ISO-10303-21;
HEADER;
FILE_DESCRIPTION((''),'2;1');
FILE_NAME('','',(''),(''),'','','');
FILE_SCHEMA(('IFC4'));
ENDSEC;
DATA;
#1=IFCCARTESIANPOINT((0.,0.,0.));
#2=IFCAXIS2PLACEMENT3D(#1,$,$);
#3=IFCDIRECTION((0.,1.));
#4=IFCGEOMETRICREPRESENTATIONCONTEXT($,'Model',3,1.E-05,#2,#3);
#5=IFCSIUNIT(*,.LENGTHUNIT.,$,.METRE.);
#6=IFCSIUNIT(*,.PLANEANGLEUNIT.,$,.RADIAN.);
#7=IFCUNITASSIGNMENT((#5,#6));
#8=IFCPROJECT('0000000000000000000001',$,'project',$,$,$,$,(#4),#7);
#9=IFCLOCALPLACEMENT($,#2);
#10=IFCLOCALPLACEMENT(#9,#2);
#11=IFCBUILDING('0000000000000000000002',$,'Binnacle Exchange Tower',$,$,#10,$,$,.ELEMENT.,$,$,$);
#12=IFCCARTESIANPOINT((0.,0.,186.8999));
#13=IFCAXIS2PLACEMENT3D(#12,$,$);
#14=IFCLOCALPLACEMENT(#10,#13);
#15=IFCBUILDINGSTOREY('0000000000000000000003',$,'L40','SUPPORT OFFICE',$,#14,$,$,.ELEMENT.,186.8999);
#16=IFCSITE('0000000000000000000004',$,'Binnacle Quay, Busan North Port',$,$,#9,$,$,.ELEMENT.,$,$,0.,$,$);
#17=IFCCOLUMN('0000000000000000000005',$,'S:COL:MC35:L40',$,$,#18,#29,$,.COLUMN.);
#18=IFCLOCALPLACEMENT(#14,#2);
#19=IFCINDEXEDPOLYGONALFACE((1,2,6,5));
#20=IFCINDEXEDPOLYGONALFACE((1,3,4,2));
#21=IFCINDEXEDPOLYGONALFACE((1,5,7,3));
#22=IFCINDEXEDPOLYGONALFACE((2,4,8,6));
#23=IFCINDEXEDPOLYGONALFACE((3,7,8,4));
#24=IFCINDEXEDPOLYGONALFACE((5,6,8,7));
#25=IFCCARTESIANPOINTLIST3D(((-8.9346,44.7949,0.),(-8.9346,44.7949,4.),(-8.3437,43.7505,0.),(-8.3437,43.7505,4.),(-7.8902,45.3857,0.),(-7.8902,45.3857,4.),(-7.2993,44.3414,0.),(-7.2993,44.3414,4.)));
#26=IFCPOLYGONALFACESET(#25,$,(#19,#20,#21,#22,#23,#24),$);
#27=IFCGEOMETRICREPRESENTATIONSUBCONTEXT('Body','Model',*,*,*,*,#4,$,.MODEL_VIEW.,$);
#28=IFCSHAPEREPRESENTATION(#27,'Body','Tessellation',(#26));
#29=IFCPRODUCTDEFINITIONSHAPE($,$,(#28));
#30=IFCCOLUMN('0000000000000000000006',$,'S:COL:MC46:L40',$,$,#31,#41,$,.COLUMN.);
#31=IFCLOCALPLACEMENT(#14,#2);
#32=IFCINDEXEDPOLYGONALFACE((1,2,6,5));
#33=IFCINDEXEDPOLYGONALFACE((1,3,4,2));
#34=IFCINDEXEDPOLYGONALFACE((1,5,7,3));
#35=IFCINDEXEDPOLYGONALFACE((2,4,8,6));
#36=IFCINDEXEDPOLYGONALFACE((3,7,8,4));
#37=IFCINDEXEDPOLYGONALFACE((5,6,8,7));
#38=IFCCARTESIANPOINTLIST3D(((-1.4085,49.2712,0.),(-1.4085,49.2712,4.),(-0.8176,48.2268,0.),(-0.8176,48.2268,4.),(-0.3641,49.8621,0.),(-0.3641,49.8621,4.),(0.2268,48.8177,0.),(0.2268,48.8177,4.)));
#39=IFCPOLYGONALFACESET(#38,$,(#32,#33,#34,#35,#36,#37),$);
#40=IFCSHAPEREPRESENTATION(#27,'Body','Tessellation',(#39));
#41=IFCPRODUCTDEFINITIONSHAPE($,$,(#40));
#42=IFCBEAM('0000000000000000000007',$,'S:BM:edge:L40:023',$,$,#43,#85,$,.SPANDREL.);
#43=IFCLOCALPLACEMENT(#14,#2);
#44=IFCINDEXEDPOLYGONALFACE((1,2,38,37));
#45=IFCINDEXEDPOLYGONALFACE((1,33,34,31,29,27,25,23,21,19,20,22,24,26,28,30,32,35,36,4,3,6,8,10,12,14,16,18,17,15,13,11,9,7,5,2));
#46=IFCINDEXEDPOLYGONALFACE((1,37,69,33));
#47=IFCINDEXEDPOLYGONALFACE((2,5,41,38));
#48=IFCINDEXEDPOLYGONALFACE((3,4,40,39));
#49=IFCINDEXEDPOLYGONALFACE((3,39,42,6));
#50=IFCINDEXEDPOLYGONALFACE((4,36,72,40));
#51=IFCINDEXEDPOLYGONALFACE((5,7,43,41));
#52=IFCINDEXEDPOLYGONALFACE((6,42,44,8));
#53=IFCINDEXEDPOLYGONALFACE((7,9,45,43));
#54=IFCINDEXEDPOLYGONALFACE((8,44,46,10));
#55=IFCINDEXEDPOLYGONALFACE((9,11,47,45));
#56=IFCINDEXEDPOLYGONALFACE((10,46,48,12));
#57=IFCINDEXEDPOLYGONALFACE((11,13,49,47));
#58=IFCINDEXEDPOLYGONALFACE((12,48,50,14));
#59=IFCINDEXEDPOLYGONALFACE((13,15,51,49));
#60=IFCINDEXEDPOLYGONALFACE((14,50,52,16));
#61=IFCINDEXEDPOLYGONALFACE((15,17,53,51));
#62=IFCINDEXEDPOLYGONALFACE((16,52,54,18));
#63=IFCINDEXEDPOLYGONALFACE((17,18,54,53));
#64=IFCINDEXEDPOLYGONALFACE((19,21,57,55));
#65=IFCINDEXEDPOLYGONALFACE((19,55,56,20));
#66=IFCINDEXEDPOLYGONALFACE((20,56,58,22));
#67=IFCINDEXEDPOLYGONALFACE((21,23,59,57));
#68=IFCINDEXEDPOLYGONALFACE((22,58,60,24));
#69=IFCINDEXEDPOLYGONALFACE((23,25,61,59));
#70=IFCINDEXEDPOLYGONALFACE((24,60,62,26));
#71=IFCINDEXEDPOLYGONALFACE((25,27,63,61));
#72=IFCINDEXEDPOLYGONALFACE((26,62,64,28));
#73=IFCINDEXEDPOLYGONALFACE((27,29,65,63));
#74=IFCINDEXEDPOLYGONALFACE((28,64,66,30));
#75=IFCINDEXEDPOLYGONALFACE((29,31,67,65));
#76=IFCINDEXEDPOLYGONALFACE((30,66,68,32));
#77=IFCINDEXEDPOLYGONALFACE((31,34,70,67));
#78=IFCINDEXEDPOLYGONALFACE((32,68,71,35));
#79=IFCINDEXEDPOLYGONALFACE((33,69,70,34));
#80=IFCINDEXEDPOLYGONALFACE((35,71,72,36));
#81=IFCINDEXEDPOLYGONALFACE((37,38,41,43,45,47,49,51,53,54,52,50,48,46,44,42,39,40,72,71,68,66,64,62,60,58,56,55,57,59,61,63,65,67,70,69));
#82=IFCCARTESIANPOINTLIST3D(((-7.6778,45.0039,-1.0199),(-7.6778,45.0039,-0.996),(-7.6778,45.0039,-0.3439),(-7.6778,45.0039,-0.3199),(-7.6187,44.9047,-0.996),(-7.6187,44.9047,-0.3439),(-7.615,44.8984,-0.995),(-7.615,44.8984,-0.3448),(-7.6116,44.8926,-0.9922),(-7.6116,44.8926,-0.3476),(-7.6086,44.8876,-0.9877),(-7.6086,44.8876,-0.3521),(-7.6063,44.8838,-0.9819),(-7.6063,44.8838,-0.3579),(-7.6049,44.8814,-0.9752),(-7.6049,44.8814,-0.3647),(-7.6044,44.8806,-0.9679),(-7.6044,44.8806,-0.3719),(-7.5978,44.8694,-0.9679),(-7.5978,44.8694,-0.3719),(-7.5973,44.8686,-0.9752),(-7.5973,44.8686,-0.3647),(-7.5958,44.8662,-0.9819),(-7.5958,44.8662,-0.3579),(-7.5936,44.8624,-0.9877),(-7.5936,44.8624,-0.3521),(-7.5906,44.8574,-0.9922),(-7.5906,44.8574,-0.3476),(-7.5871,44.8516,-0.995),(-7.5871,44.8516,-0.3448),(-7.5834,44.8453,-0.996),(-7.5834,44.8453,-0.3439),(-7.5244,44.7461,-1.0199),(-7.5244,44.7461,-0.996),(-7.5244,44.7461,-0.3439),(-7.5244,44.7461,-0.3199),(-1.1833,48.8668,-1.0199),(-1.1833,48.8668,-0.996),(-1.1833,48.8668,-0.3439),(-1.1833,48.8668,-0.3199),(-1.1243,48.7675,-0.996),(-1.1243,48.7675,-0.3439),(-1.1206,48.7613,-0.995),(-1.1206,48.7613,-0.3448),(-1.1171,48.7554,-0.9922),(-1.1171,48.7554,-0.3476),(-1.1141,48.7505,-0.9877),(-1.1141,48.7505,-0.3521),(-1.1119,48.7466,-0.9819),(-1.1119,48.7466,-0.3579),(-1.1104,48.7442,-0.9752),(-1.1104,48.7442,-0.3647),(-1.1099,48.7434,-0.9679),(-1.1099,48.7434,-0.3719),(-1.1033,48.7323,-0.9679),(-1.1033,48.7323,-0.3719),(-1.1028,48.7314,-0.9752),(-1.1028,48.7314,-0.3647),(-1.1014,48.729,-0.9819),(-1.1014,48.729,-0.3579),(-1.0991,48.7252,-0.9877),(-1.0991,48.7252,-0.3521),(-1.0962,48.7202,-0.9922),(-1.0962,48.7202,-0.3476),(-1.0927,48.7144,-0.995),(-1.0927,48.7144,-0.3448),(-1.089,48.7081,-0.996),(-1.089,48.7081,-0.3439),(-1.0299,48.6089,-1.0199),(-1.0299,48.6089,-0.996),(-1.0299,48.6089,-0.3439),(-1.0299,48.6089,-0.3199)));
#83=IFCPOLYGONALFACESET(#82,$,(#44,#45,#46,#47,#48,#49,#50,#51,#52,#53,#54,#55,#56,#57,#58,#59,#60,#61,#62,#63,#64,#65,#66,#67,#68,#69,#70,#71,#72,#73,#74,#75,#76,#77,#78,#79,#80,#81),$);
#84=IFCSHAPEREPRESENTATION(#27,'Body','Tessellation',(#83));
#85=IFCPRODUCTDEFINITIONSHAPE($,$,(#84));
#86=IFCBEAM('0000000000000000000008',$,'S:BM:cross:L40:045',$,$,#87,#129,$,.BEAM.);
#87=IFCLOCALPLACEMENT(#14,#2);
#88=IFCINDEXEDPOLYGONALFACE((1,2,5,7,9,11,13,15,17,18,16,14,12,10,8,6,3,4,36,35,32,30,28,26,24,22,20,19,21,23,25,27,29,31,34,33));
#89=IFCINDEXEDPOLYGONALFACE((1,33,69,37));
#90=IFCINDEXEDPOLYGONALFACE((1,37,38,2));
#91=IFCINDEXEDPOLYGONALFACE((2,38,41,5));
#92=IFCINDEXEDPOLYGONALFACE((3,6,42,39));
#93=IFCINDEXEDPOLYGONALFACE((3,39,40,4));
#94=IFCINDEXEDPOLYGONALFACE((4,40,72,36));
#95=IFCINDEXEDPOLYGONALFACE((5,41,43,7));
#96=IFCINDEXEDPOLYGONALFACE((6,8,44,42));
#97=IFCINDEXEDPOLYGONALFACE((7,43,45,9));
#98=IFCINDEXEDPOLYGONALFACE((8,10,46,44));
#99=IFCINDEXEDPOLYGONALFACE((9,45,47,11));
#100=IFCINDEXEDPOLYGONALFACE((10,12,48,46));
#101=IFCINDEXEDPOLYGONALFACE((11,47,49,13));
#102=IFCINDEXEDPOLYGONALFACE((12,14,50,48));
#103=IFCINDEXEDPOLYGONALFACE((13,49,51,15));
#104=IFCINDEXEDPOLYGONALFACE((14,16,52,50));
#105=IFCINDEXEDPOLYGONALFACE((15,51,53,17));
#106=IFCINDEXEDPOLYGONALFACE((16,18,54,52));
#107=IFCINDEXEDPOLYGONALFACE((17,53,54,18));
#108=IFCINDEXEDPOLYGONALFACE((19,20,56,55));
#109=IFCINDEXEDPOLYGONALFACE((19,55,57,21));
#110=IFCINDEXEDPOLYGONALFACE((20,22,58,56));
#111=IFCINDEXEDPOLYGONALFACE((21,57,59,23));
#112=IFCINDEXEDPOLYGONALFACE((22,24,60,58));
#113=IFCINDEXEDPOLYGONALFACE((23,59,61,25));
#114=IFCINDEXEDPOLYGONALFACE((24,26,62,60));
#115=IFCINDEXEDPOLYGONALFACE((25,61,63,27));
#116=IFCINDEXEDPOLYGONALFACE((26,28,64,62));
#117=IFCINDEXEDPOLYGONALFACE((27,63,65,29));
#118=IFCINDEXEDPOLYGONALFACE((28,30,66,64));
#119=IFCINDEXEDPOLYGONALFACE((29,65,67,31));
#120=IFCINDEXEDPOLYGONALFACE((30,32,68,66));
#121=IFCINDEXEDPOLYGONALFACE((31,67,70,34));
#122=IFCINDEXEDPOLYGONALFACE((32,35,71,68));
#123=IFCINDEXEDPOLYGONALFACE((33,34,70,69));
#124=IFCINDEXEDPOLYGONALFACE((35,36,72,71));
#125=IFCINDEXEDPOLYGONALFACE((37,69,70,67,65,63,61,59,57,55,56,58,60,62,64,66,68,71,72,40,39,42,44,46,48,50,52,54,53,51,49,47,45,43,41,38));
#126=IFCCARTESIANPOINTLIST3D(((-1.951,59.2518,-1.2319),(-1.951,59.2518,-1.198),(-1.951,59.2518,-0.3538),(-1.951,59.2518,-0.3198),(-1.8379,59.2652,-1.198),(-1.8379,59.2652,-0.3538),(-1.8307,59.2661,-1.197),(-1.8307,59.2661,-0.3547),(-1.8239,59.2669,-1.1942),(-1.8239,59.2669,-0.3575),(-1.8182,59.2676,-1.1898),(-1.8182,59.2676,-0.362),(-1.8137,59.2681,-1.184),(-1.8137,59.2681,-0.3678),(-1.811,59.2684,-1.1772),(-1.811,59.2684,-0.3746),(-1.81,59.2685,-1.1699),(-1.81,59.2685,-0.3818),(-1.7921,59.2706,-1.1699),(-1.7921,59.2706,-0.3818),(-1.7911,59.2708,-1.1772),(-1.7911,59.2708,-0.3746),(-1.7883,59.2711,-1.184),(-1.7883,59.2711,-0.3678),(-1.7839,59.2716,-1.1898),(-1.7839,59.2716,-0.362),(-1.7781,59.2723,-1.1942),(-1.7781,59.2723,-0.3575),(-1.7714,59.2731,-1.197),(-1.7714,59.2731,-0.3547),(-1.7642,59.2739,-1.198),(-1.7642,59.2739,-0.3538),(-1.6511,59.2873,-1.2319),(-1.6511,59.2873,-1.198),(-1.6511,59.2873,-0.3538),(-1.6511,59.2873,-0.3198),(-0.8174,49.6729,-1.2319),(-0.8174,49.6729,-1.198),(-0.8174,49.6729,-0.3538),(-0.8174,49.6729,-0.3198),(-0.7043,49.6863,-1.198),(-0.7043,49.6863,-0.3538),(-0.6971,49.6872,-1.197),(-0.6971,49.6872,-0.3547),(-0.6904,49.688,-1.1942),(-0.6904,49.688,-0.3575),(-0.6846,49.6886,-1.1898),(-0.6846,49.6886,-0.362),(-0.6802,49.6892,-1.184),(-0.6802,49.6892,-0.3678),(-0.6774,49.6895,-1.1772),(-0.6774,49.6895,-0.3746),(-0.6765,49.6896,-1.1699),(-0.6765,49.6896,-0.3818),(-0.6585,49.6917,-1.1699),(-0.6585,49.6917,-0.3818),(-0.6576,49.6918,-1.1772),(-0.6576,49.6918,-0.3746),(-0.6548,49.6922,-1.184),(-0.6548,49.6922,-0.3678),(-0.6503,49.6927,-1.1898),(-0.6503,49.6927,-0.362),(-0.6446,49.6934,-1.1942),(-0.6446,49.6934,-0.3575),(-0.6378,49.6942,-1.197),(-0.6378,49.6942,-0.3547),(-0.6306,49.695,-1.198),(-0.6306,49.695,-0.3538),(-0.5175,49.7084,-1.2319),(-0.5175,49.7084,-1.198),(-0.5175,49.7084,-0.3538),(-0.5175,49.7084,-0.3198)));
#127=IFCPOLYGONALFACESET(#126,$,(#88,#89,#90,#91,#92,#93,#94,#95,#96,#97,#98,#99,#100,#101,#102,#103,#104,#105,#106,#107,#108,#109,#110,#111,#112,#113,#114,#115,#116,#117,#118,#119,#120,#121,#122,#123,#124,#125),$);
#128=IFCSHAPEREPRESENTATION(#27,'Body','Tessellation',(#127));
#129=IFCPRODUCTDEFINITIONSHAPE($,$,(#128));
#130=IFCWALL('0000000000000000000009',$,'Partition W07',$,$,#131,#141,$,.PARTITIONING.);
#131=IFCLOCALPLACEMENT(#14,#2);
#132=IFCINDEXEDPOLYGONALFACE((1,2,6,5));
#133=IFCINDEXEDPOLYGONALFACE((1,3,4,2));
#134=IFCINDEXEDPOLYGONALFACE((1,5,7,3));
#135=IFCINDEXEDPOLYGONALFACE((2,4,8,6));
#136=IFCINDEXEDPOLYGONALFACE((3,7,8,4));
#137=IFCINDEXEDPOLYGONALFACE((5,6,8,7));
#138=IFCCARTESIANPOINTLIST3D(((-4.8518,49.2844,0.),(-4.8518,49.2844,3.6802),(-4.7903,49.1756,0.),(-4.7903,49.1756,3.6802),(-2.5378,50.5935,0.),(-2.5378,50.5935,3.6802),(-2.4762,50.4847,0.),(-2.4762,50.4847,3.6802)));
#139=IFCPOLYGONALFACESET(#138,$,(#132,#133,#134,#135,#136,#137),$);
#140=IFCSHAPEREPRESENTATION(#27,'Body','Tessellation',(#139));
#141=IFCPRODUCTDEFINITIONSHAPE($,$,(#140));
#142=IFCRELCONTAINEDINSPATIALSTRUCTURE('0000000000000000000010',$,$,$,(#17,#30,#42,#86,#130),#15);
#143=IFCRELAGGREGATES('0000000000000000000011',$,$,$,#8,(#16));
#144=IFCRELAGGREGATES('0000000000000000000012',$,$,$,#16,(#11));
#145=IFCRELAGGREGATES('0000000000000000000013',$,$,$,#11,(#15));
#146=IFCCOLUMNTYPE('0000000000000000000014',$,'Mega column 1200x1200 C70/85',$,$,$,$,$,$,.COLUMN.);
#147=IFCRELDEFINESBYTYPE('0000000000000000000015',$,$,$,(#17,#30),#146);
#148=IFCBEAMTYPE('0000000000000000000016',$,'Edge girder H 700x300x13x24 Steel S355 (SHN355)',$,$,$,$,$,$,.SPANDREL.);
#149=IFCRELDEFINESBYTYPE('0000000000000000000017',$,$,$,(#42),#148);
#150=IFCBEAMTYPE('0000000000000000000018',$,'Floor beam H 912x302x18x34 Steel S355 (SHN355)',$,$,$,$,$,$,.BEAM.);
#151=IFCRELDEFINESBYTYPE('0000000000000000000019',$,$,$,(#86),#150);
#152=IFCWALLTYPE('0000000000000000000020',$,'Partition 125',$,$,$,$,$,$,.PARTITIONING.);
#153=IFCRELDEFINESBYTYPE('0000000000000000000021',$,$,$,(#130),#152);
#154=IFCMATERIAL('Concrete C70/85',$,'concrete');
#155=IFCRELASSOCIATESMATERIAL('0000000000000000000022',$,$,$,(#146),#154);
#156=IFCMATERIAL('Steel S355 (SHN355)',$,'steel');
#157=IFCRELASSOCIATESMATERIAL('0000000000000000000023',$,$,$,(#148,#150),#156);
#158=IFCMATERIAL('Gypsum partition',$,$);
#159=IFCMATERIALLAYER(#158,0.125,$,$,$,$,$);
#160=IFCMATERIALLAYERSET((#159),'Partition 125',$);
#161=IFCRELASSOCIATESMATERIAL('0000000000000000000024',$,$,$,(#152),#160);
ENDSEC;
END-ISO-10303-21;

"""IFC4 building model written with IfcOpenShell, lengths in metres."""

from ifc_helpers import new_model, si_unit, direction, frame, frame_2d, origin, origin_2d, place, context, subcontext, project, spatial, rectangle, i_section, extrude, material, layer, layer_set, material_profile, profile_set, type_object, element, save


model = new_model("IFC4")

# Units and contexts
model_context = context("Model", 3, precision=1e-05, world=origin(), true_north=direction((0.0, 1.0)))
body_context = subcontext(model_context, "Body", "Model", "MODEL_VIEW")
ifc_project = project(units=[si_unit("LENGTHUNIT", "METRE"), si_unit("PLANEANGLEUNIT", "RADIAN")], contexts=[model_context])

# Site, building, storey
site_placement = place(None, origin())
site = spatial("IfcSite", under=ifc_project, at=site_placement, Name="Binnacle Quay, Busan North Port", CompositionType="ELEMENT", RefElevation=0.0)
building_placement = place(site_placement, origin())
building = spatial("IfcBuilding", under=site, at=building_placement, Name="Binnacle Exchange Tower", CompositionType="ELEMENT")
storey_placement = place(building_placement, frame((0.0, 0.0, 186.8999)))
storey = spatial("IfcBuildingStorey", under=building, at=storey_placement, Name="L40", Description="SUPPORT OFFICE", CompositionType="ELEMENT", Elevation=186.8999)

# Columns
ifc_material_1 = material(Name="Concrete C70/85", Category="concrete")
ifc_material_profile_1 = material_profile(ifc_material_1, rectangle(XDim=1.2, YDim=1.2, at=origin_2d()), Name="Mega column 1200x1200 C70/85")
ifc_profile_set_1 = profile_set([ifc_material_profile_1], Name="Concrete C70/85")
column_type = type_object("IfcColumnType", Name="Mega column 1200x1200 C70/85", PredefinedType="COLUMN", material=ifc_profile_set_1)
for number, where, z_axis, x_axis, name in (
    (1, (-8.1169, 44.5681, 0.0), (0.0, 0.0, 1.0), (0.870356, 0.492424, 0.0), "S:COL:MC35:L40"),
    (2, (-0.5908, 49.0444, 0.0), (0.0, 0.0, 1.0), (0.870356, 0.492424, 0.0), "S:COL:MC46:L40"),
):
    element("IfcColumn", number, at=place(storey_placement, frame(where, z_axis=z_axis, x_axis=x_axis)), inside=storey, type_object=column_type, Name=name, PredefinedType="COLUMN", context=body_context, shape_type="SweptSolid", body=[
        extrude(rectangle(XDim=1.2, YDim=1.2, at=origin_2d()), origin(), (0.0, 0.0, 1.0), 4.0),
    ])

# Beams
ifc_material_2 = material(Name="Steel S355 (SHN355)", Category="steel")
ifc_material_profile_2 = material_profile(ifc_material_2, i_section(OverallWidth=0.3, OverallDepth=0.7, WebThickness=0.0129, FlangeThickness=0.0239, FilletRadius=0.0281, at=origin_2d()), Name="H 700x300x13x24")
ifc_profile_set_2 = profile_set([ifc_material_profile_2], Name="Steel S355 (SHN355)")
beam_type_1 = type_object("IfcBeamType", Name="Edge girder H 700x300x13x24 Steel S355 (SHN355)", PredefinedType="SPANDREL", material=ifc_profile_set_2)
beam_1_placement = place(storey_placement, frame((-7.6011, 44.875, -0.6699), z_axis=(0.859462, 0.511199, 0.0), x_axis=(-0.511199, 0.859462, 0.0)))
element("IfcBeam", 3, at=beam_1_placement, inside=storey, type_object=beam_type_1, Name="S:BM:edge:L40:023", PredefinedType="SPANDREL", context=body_context, shape_type="SweptSolid", body=[
    extrude(i_section(OverallWidth=0.3, OverallDepth=0.7, WebThickness=0.0129, FlangeThickness=0.0239, FilletRadius=0.0281, at=origin_2d()), origin(), (0.0, 0.0, 1.0), 7.5564),
])
ifc_material_profile_3 = material_profile(ifc_material_2, i_section(OverallWidth=0.302, OverallDepth=0.9121, WebThickness=0.0181, FlangeThickness=0.0339, FilletRadius=0.0281, at=origin_2d()), Name="H 912x302x18x34")
ifc_profile_set_3 = profile_set([ifc_material_profile_3], Name="Steel S355 (SHN355)")
beam_type_2 = type_object("IfcBeamType", Name="Floor beam H 912x302x18x34 Steel S355 (SHN355)", PredefinedType="BEAM", material=ifc_profile_set_3)
beam_2_placement = place(storey_placement, frame((-0.6675, 49.6907, -0.7759), z_axis=(-0.117518, 0.993071, 0.0), x_axis=(-0.993071, -0.117518, 0.0)))
element("IfcBeam", 4, at=beam_2_placement, inside=storey, type_object=beam_type_2, Name="S:BM:cross:L40:045", PredefinedType="BEAM", context=body_context, shape_type="SweptSolid", body=[
    extrude(i_section(OverallWidth=0.302, OverallDepth=0.9121, WebThickness=0.0181, FlangeThickness=0.0339, FilletRadius=0.0281, at=origin_2d()), origin(), (0.0, 0.0, 1.0), 9.6458),
])

# Wall
ifc_material_3 = material(Name="Gypsum partition")
ifc_layer_1 = layer(ifc_material_3, 0.125)
ifc_layer_set_1 = layer_set([ifc_layer_1], Name="Partition 125")
wall_type_1 = type_object("IfcWallType", Name="Partition 125", PredefinedType="PARTITIONING", material=ifc_layer_set_1)
wall_1_placement = place(storey_placement, frame((-4.821, 49.23, 0.0), z_axis=(0.0, 0.0, 1.0), x_axis=(0.870371, 0.492396, 0.0)))
element("IfcWall", 5, at=wall_1_placement, inside=storey, type_object=wall_type_1, Name="Partition W07", PredefinedType="PARTITIONING", context=body_context, shape_type="SweptSolid", body=[
    extrude(rectangle(XDim=2.6587, YDim=0.125, at=frame_2d((1.3293, 0.0))), origin(), (0.0, 0.0, 1.0), 3.6802),
])

save(model, "model.ifc")
